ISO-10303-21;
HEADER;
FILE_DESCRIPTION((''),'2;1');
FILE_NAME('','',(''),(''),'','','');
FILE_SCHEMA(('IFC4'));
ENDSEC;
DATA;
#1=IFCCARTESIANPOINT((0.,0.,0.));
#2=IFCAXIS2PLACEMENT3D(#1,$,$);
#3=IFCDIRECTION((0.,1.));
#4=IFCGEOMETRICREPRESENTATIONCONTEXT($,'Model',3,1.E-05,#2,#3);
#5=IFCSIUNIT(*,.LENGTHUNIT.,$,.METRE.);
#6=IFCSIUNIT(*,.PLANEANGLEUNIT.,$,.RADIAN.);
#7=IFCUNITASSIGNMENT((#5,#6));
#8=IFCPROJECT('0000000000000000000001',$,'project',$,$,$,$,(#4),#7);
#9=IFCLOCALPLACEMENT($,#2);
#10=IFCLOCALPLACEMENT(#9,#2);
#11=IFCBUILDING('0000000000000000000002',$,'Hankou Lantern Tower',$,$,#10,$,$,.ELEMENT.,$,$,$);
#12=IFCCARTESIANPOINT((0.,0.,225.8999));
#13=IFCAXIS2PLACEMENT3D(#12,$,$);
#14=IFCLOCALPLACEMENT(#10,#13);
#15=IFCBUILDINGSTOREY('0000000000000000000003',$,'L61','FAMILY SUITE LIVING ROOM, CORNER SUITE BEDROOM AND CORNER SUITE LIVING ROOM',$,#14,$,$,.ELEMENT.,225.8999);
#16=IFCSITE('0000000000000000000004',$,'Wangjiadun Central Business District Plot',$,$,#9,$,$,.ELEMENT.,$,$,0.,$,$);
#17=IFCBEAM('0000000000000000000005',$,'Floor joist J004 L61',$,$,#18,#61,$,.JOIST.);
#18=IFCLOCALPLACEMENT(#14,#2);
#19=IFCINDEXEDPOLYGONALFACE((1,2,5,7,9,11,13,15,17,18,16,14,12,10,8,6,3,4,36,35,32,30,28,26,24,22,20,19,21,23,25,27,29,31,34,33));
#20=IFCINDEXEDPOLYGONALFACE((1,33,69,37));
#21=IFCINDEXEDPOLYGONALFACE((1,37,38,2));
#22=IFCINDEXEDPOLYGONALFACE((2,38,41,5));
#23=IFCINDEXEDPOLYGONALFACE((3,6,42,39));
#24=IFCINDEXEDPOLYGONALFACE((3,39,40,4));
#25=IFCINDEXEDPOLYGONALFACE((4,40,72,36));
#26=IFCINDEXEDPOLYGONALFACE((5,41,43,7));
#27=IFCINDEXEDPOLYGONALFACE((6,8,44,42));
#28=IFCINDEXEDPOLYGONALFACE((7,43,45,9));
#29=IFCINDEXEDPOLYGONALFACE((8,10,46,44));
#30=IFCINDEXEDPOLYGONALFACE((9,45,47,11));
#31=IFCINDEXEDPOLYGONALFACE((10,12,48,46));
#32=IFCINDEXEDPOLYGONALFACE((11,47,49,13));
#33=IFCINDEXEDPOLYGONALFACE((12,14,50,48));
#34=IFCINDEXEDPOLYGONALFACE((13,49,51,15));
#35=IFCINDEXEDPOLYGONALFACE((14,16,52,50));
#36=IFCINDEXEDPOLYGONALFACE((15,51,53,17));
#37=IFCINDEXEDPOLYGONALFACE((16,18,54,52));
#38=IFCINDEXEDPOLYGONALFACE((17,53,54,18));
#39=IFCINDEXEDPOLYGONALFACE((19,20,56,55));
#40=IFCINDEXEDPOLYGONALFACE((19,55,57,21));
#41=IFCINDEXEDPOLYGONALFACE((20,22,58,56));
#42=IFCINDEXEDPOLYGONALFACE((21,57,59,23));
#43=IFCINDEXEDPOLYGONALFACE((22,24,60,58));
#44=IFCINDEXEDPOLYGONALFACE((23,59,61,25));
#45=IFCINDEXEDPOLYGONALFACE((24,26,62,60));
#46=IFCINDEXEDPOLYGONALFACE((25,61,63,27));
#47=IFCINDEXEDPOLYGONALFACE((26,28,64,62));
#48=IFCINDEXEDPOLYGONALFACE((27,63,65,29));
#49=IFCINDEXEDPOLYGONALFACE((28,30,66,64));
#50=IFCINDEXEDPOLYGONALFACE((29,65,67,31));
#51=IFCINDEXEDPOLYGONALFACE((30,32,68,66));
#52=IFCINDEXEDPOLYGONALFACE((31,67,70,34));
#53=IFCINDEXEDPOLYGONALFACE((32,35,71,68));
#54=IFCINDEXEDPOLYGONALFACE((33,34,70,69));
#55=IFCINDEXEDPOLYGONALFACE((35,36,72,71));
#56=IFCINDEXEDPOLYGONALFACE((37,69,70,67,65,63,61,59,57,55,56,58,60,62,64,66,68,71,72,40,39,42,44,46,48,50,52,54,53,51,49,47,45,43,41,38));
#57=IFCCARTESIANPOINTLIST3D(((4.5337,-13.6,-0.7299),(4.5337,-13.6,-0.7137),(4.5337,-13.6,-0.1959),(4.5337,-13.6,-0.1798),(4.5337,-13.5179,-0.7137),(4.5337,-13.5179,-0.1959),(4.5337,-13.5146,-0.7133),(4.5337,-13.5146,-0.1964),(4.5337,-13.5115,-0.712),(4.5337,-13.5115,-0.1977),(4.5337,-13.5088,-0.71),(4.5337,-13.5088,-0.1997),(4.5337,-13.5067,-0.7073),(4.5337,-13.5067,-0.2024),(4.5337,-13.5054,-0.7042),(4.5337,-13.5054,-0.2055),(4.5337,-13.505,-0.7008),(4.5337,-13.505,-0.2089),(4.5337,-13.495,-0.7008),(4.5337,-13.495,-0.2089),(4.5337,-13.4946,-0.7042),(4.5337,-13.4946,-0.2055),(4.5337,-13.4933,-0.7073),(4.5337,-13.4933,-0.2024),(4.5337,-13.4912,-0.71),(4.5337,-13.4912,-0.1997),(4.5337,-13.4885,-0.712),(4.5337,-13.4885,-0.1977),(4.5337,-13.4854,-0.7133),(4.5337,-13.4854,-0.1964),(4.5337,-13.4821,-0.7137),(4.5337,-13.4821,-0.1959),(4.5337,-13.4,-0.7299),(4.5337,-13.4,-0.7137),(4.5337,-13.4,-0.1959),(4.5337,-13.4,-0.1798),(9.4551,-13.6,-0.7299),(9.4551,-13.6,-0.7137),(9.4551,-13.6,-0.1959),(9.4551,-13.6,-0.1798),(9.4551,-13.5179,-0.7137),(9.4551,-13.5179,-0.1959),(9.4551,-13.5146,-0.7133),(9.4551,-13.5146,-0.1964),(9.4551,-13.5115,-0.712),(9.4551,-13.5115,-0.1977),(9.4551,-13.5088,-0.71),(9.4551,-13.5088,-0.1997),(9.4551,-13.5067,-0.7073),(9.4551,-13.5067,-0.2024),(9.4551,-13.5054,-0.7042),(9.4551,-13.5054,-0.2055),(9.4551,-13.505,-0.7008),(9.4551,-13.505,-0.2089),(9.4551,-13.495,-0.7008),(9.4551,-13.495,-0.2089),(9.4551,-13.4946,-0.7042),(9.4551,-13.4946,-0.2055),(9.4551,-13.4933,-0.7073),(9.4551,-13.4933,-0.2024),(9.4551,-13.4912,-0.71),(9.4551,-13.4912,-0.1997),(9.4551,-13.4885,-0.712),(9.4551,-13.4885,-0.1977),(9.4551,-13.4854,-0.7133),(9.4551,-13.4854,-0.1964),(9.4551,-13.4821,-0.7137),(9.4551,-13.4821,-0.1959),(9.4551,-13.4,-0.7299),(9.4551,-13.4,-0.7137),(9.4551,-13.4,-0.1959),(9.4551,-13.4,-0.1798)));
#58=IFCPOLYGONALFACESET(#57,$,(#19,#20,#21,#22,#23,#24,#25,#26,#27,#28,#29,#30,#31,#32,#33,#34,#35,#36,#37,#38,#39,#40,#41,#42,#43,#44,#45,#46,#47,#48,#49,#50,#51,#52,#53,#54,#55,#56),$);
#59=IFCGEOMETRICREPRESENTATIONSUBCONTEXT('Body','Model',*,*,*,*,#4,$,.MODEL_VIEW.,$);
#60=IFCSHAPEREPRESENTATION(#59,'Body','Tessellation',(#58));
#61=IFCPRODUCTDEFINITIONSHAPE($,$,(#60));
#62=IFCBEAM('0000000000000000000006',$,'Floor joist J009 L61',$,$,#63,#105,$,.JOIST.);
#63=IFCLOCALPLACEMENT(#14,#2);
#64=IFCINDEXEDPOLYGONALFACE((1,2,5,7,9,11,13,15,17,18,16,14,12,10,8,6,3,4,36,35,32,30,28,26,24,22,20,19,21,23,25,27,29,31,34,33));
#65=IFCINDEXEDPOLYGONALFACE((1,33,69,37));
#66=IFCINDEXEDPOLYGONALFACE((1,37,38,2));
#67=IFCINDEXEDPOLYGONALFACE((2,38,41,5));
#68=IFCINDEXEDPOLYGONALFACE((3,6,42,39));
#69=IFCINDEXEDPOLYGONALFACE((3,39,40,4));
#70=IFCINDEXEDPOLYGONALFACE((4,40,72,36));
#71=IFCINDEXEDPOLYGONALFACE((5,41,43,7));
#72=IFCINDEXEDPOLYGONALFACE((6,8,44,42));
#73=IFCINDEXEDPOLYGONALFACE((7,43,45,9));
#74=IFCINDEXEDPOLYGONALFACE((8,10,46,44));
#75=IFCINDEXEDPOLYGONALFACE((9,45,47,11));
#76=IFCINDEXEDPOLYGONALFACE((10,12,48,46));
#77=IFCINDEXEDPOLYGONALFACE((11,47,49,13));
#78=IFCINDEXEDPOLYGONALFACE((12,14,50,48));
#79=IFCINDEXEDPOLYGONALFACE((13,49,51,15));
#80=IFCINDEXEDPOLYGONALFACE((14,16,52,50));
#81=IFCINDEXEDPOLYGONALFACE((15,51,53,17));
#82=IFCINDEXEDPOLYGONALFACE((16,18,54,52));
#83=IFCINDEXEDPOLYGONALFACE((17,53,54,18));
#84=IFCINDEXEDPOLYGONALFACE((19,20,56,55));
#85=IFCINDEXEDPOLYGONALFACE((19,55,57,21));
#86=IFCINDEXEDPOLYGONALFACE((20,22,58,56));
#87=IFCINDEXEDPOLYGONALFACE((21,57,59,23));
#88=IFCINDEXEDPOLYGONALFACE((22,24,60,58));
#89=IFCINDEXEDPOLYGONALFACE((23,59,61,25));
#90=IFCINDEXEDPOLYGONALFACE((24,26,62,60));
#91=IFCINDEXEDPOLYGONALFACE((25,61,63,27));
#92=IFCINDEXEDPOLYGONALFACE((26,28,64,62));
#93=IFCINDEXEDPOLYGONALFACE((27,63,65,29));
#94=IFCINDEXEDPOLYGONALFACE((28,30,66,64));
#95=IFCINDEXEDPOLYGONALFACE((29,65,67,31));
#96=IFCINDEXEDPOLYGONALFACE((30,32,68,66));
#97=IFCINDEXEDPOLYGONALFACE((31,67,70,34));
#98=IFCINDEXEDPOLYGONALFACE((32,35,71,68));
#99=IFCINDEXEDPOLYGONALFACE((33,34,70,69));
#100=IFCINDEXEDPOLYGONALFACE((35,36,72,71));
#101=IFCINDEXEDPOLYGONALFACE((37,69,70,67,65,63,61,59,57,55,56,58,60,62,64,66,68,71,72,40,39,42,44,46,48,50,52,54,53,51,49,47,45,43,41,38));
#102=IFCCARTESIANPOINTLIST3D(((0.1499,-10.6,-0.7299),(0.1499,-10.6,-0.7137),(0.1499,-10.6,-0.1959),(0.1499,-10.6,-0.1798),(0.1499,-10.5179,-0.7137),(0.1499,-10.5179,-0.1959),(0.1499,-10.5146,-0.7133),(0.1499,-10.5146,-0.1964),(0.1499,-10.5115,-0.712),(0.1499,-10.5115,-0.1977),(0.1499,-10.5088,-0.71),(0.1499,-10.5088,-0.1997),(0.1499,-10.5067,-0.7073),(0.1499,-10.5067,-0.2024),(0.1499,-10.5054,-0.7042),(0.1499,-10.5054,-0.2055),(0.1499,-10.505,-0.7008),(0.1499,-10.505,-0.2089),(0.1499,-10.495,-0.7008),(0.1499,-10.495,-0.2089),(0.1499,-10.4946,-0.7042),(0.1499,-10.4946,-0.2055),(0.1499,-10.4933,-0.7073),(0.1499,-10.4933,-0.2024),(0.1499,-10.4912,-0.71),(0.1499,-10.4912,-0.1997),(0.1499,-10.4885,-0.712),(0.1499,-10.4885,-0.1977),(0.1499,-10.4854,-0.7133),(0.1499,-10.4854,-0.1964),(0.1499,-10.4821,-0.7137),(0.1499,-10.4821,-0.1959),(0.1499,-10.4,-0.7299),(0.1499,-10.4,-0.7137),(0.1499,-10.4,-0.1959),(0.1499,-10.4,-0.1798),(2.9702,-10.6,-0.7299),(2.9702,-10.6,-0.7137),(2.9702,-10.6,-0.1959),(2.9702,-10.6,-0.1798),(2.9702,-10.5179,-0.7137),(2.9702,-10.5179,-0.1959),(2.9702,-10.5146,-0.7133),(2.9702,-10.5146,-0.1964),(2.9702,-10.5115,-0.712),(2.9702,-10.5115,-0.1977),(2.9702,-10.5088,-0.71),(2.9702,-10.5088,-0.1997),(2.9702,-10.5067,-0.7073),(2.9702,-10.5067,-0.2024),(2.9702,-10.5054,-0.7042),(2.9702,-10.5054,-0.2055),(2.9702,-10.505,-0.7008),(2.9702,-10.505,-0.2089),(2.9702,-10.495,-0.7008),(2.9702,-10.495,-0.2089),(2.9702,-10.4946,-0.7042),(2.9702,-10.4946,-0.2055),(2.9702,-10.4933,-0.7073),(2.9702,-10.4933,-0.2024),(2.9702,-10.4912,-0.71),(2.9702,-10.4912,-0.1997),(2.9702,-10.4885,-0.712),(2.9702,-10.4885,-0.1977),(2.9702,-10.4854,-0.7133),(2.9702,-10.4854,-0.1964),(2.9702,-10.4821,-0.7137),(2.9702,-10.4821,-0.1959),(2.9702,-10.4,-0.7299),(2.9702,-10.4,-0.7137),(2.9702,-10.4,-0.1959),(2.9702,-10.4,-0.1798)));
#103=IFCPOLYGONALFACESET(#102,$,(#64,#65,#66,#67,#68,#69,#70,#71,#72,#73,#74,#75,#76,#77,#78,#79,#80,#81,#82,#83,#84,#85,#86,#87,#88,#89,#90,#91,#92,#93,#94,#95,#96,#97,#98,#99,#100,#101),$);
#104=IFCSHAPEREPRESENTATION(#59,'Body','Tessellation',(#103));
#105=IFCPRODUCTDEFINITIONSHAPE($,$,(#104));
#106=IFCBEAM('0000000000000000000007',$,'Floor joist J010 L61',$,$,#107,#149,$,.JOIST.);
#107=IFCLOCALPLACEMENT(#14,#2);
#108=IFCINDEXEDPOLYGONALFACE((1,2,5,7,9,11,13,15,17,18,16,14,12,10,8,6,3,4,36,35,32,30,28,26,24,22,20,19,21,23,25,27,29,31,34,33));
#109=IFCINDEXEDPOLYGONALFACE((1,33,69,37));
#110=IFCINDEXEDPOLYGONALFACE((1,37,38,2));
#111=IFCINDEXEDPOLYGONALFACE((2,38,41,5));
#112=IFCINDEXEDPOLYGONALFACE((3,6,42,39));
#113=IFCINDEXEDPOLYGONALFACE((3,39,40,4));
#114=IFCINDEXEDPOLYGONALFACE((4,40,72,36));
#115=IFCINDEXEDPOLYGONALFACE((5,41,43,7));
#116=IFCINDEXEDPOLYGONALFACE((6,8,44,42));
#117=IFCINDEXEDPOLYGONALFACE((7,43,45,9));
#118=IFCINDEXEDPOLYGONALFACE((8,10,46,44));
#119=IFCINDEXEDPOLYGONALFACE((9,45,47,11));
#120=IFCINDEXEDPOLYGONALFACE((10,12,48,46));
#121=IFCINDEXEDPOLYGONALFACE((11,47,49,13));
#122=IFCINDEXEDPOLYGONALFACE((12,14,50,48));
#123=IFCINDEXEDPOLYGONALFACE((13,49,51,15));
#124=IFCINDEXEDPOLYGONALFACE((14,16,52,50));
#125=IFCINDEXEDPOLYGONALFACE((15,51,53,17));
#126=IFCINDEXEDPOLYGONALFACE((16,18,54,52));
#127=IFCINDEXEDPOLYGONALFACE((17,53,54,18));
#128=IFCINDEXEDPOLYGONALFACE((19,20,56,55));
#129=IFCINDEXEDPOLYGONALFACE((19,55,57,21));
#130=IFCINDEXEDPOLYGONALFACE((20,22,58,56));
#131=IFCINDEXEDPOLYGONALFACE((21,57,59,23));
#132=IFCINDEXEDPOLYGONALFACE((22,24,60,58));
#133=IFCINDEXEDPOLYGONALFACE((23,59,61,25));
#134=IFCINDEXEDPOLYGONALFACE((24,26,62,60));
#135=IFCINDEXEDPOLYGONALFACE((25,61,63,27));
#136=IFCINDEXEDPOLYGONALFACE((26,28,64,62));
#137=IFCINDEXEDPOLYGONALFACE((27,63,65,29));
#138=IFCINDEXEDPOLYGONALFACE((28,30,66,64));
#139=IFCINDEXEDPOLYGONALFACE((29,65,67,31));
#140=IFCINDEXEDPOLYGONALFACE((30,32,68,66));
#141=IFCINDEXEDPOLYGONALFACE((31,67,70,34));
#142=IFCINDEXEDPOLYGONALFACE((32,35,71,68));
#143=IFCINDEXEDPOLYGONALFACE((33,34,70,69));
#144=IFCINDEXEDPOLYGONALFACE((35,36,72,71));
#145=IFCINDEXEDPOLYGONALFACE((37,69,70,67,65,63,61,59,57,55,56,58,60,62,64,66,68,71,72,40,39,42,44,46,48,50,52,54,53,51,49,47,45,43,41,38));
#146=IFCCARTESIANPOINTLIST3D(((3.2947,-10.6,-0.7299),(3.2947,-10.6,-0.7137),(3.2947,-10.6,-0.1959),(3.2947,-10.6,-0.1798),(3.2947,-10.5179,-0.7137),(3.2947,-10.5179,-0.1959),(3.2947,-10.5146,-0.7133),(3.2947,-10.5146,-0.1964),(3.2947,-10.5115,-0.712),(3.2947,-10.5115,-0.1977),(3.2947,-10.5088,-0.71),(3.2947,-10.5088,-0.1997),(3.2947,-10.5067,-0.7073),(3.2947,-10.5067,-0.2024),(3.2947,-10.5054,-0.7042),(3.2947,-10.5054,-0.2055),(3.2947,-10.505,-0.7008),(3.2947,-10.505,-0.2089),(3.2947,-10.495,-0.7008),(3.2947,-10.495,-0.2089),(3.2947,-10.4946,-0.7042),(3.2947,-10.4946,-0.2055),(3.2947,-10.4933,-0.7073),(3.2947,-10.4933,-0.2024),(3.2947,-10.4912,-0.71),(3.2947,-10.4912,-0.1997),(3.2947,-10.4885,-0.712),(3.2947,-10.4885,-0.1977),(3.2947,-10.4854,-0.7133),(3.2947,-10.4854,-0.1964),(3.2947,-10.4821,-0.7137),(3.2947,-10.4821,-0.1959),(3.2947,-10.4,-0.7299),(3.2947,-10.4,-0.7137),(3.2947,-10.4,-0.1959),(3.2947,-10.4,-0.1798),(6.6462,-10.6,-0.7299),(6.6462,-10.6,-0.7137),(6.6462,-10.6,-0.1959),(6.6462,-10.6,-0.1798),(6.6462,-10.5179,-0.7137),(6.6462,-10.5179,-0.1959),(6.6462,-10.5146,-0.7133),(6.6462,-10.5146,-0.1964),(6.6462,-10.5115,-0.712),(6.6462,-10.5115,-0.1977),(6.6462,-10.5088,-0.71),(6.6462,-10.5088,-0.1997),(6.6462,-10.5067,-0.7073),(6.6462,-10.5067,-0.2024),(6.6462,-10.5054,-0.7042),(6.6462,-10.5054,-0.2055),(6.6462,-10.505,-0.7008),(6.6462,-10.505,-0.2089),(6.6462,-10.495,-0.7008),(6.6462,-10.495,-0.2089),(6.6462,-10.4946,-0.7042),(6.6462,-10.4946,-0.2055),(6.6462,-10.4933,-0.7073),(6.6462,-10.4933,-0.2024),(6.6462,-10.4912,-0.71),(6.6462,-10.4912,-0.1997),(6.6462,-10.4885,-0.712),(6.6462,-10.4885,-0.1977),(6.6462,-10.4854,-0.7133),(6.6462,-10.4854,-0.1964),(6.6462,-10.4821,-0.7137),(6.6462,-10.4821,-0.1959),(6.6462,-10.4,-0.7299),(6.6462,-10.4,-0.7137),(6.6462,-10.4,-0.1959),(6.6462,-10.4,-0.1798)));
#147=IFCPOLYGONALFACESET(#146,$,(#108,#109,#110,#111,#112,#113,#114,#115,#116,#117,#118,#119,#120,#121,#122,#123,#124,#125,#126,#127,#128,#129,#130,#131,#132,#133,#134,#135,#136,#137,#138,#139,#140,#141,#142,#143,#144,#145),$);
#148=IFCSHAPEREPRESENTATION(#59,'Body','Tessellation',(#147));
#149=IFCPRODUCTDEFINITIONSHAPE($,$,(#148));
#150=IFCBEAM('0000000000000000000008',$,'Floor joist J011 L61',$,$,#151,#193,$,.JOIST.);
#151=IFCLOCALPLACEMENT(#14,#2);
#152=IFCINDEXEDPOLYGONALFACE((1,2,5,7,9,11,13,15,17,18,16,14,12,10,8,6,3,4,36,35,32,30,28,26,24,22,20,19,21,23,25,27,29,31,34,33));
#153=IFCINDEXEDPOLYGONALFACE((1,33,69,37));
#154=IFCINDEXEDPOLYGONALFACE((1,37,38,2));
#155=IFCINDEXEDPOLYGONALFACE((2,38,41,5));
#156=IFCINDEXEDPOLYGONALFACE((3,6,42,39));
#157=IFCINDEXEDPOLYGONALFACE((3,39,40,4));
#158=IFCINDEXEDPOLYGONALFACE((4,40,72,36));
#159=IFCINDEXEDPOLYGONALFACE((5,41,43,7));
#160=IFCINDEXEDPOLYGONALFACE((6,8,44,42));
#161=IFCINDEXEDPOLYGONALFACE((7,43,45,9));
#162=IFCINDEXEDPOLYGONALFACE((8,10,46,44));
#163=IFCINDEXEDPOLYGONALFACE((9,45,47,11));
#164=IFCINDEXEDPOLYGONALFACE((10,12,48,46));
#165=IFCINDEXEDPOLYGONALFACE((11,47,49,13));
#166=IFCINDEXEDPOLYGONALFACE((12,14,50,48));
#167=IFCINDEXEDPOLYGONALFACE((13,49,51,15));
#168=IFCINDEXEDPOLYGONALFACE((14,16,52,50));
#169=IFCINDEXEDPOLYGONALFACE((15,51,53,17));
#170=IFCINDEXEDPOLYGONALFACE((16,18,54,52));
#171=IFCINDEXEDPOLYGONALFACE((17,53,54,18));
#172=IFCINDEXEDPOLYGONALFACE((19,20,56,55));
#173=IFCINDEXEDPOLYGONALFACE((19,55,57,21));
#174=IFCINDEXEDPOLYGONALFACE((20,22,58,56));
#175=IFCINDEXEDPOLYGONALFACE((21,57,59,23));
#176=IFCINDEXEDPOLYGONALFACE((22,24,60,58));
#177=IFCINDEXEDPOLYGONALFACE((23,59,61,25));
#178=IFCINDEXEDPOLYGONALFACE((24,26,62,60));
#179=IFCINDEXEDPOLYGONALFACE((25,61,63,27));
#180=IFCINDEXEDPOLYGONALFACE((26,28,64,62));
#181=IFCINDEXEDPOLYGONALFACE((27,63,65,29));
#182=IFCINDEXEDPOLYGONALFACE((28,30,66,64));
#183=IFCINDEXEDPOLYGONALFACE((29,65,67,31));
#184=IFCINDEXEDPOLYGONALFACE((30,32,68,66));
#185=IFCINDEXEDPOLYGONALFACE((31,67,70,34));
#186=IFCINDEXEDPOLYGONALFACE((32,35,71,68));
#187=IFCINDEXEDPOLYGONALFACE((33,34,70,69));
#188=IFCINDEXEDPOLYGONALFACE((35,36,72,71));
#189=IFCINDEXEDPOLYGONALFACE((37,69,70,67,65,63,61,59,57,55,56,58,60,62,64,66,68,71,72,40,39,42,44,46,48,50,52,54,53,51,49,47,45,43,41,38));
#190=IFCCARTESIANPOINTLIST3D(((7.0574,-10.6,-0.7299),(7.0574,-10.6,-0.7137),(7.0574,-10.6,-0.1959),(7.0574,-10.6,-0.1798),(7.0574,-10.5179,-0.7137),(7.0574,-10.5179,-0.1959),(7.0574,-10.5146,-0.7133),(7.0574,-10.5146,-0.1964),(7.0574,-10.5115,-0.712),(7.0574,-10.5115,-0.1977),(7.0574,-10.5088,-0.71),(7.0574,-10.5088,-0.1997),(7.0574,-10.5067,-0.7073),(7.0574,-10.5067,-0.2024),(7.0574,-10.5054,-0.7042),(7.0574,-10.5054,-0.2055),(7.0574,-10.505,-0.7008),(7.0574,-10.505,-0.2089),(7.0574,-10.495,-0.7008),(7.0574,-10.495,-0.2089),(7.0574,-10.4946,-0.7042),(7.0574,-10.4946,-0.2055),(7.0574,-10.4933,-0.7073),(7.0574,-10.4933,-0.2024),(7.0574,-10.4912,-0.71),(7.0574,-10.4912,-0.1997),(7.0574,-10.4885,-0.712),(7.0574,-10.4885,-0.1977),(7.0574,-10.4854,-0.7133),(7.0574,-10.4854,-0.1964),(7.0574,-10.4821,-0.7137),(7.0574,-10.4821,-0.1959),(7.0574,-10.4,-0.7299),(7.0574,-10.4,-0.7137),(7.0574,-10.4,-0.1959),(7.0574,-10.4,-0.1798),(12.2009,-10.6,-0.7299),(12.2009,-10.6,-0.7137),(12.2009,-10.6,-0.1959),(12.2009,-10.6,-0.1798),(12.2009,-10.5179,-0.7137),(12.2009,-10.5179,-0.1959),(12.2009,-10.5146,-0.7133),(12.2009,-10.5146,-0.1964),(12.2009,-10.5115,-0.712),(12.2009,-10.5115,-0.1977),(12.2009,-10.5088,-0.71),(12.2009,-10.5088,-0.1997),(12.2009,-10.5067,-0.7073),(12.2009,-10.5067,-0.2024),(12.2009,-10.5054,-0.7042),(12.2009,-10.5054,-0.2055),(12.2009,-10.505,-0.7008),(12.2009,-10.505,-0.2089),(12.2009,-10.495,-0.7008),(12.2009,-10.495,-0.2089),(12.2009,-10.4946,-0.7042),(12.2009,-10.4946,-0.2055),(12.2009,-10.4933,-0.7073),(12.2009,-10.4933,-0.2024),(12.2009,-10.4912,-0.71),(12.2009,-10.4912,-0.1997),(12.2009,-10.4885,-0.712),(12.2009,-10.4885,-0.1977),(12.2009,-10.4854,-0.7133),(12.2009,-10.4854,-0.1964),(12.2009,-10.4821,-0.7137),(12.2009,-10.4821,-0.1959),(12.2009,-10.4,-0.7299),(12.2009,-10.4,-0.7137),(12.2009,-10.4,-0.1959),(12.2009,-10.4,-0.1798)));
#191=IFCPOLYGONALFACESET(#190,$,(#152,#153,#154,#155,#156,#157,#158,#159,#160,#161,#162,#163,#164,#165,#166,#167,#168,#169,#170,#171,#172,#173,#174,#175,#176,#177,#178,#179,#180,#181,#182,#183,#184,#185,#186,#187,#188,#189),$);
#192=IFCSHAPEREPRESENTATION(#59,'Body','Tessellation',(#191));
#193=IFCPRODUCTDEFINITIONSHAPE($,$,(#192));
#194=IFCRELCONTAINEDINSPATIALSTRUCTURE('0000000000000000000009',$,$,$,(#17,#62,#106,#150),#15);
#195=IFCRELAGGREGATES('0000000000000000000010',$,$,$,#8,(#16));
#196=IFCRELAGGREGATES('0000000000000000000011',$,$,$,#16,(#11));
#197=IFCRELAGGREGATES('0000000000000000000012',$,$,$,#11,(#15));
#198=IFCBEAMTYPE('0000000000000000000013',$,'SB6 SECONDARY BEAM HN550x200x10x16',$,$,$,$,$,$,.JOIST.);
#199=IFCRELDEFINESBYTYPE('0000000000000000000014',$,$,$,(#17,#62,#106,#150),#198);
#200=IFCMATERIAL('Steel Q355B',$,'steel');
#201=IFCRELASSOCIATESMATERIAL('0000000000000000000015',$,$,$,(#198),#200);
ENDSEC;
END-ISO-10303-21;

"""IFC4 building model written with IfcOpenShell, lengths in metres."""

from ifc_helpers import new_model, si_unit, direction, frame, origin, origin_2d, place, context, subcontext, project, spatial, i_section, extrude, material, material_profile, profile_set, type_object, element, save


model = new_model("IFC4")

# Units and contexts
model_context = context("Model", 3, precision=1e-05, world=origin(), true_north=direction((0.0, 1.0)))
body_context = subcontext(model_context, "Body", "Model", "MODEL_VIEW")
ifc_project = project(units=[si_unit("LENGTHUNIT", "METRE"), si_unit("PLANEANGLEUNIT", "RADIAN")], contexts=[model_context])

# Site, building, storey
site_placement = place(None, origin())
site = spatial("IfcSite", under=ifc_project, at=site_placement, Name="Wangjiadun Central Business District Plot", CompositionType="ELEMENT", RefElevation=0.0)
building_placement = place(site_placement, origin())
building = spatial("IfcBuilding", under=site, at=building_placement, Name="Hankou Lantern Tower", CompositionType="ELEMENT")
storey_placement = place(building_placement, frame((0.0, 0.0, 225.8999)))
storey = spatial("IfcBuildingStorey", under=building, at=storey_placement, Name="L61", Description="FAMILY SUITE LIVING ROOM, CORNER SUITE BEDROOM AND CORNER SUITE LIVING ROOM", CompositionType="ELEMENT", Elevation=225.8999)

# Beams
ifc_material_1 = material(Name="Steel Q355B", Category="steel")
ifc_material_profile_1 = material_profile(ifc_material_1, i_section(OverallWidth=0.2, OverallDepth=0.55, WebThickness=0.01, FlangeThickness=0.0161, FilletRadius=0.0129, at=origin_2d()), Name="HN550x200x10x16")
ifc_profile_set_1 = profile_set([ifc_material_profile_1], Name="Steel Q355B")
beam_type_1 = type_object("IfcBeamType", Name="SB6 SECONDARY BEAM HN550x200x10x16", PredefinedType="JOIST", material=ifc_profile_set_1)
beam_1_placement = place(storey_placement, frame((4.5337, -13.5, -0.4548), z_axis=(1.0, 0.0, 0.0), x_axis=(0.0, 1.0, 0.0)))
element("IfcBeam", 1, at=beam_1_placement, inside=storey, type_object=beam_type_1, Name="Floor joist J004 L61", PredefinedType="JOIST", context=body_context, shape_type="SweptSolid", body=[
    extrude(i_section(OverallWidth=0.2, OverallDepth=0.55, WebThickness=0.01, FlangeThickness=0.0161, FilletRadius=0.0129, at=origin_2d()), origin(), (0.0, 0.0, 1.0), 4.9214),
])
beam_2_placement = place(storey_placement, frame((0.1499, -10.5, -0.4548), z_axis=(1.0, 0.0, 0.0), x_axis=(0.0, 1.0, 0.0)))
element("IfcBeam", 2, at=beam_2_placement, inside=storey, type_object=beam_type_1, Name="Floor joist J009 L61", PredefinedType="JOIST", context=body_context, shape_type="SweptSolid", body=[
    extrude(i_section(OverallWidth=0.2, OverallDepth=0.55, WebThickness=0.01, FlangeThickness=0.0161, FilletRadius=0.0129, at=origin_2d()), origin(), (0.0, 0.0, 1.0), 2.8203),
])
beam_3_placement = place(storey_placement, frame((3.2947, -10.5, -0.4548), z_axis=(1.0, 0.0, 0.0), x_axis=(0.0, 1.0, 0.0)))
element("IfcBeam", 3, at=beam_3_placement, inside=storey, type_object=beam_type_1, Name="Floor joist J010 L61", PredefinedType="JOIST", context=body_context, shape_type="SweptSolid", body=[
    extrude(i_section(OverallWidth=0.2, OverallDepth=0.55, WebThickness=0.01, FlangeThickness=0.0161, FilletRadius=0.0129, at=origin_2d()), origin(), (0.0, 0.0, 1.0), 3.3516),
])
beam_4_placement = place(storey_placement, frame((7.0574, -10.5, -0.4548), z_axis=(1.0, 0.0, 0.0), x_axis=(0.0, 1.0, 0.0)))
element("IfcBeam", 4, at=beam_4_placement, inside=storey, type_object=beam_type_1, Name="Floor joist J011 L61", PredefinedType="JOIST", context=body_context, shape_type="SweptSolid", body=[
    extrude(i_section(OverallWidth=0.2, OverallDepth=0.55, WebThickness=0.01, FlangeThickness=0.0161, FilletRadius=0.0129, at=origin_2d()), origin(), (0.0, 0.0, 1.0), 5.1436),
])

save(model, "model.ifc")
